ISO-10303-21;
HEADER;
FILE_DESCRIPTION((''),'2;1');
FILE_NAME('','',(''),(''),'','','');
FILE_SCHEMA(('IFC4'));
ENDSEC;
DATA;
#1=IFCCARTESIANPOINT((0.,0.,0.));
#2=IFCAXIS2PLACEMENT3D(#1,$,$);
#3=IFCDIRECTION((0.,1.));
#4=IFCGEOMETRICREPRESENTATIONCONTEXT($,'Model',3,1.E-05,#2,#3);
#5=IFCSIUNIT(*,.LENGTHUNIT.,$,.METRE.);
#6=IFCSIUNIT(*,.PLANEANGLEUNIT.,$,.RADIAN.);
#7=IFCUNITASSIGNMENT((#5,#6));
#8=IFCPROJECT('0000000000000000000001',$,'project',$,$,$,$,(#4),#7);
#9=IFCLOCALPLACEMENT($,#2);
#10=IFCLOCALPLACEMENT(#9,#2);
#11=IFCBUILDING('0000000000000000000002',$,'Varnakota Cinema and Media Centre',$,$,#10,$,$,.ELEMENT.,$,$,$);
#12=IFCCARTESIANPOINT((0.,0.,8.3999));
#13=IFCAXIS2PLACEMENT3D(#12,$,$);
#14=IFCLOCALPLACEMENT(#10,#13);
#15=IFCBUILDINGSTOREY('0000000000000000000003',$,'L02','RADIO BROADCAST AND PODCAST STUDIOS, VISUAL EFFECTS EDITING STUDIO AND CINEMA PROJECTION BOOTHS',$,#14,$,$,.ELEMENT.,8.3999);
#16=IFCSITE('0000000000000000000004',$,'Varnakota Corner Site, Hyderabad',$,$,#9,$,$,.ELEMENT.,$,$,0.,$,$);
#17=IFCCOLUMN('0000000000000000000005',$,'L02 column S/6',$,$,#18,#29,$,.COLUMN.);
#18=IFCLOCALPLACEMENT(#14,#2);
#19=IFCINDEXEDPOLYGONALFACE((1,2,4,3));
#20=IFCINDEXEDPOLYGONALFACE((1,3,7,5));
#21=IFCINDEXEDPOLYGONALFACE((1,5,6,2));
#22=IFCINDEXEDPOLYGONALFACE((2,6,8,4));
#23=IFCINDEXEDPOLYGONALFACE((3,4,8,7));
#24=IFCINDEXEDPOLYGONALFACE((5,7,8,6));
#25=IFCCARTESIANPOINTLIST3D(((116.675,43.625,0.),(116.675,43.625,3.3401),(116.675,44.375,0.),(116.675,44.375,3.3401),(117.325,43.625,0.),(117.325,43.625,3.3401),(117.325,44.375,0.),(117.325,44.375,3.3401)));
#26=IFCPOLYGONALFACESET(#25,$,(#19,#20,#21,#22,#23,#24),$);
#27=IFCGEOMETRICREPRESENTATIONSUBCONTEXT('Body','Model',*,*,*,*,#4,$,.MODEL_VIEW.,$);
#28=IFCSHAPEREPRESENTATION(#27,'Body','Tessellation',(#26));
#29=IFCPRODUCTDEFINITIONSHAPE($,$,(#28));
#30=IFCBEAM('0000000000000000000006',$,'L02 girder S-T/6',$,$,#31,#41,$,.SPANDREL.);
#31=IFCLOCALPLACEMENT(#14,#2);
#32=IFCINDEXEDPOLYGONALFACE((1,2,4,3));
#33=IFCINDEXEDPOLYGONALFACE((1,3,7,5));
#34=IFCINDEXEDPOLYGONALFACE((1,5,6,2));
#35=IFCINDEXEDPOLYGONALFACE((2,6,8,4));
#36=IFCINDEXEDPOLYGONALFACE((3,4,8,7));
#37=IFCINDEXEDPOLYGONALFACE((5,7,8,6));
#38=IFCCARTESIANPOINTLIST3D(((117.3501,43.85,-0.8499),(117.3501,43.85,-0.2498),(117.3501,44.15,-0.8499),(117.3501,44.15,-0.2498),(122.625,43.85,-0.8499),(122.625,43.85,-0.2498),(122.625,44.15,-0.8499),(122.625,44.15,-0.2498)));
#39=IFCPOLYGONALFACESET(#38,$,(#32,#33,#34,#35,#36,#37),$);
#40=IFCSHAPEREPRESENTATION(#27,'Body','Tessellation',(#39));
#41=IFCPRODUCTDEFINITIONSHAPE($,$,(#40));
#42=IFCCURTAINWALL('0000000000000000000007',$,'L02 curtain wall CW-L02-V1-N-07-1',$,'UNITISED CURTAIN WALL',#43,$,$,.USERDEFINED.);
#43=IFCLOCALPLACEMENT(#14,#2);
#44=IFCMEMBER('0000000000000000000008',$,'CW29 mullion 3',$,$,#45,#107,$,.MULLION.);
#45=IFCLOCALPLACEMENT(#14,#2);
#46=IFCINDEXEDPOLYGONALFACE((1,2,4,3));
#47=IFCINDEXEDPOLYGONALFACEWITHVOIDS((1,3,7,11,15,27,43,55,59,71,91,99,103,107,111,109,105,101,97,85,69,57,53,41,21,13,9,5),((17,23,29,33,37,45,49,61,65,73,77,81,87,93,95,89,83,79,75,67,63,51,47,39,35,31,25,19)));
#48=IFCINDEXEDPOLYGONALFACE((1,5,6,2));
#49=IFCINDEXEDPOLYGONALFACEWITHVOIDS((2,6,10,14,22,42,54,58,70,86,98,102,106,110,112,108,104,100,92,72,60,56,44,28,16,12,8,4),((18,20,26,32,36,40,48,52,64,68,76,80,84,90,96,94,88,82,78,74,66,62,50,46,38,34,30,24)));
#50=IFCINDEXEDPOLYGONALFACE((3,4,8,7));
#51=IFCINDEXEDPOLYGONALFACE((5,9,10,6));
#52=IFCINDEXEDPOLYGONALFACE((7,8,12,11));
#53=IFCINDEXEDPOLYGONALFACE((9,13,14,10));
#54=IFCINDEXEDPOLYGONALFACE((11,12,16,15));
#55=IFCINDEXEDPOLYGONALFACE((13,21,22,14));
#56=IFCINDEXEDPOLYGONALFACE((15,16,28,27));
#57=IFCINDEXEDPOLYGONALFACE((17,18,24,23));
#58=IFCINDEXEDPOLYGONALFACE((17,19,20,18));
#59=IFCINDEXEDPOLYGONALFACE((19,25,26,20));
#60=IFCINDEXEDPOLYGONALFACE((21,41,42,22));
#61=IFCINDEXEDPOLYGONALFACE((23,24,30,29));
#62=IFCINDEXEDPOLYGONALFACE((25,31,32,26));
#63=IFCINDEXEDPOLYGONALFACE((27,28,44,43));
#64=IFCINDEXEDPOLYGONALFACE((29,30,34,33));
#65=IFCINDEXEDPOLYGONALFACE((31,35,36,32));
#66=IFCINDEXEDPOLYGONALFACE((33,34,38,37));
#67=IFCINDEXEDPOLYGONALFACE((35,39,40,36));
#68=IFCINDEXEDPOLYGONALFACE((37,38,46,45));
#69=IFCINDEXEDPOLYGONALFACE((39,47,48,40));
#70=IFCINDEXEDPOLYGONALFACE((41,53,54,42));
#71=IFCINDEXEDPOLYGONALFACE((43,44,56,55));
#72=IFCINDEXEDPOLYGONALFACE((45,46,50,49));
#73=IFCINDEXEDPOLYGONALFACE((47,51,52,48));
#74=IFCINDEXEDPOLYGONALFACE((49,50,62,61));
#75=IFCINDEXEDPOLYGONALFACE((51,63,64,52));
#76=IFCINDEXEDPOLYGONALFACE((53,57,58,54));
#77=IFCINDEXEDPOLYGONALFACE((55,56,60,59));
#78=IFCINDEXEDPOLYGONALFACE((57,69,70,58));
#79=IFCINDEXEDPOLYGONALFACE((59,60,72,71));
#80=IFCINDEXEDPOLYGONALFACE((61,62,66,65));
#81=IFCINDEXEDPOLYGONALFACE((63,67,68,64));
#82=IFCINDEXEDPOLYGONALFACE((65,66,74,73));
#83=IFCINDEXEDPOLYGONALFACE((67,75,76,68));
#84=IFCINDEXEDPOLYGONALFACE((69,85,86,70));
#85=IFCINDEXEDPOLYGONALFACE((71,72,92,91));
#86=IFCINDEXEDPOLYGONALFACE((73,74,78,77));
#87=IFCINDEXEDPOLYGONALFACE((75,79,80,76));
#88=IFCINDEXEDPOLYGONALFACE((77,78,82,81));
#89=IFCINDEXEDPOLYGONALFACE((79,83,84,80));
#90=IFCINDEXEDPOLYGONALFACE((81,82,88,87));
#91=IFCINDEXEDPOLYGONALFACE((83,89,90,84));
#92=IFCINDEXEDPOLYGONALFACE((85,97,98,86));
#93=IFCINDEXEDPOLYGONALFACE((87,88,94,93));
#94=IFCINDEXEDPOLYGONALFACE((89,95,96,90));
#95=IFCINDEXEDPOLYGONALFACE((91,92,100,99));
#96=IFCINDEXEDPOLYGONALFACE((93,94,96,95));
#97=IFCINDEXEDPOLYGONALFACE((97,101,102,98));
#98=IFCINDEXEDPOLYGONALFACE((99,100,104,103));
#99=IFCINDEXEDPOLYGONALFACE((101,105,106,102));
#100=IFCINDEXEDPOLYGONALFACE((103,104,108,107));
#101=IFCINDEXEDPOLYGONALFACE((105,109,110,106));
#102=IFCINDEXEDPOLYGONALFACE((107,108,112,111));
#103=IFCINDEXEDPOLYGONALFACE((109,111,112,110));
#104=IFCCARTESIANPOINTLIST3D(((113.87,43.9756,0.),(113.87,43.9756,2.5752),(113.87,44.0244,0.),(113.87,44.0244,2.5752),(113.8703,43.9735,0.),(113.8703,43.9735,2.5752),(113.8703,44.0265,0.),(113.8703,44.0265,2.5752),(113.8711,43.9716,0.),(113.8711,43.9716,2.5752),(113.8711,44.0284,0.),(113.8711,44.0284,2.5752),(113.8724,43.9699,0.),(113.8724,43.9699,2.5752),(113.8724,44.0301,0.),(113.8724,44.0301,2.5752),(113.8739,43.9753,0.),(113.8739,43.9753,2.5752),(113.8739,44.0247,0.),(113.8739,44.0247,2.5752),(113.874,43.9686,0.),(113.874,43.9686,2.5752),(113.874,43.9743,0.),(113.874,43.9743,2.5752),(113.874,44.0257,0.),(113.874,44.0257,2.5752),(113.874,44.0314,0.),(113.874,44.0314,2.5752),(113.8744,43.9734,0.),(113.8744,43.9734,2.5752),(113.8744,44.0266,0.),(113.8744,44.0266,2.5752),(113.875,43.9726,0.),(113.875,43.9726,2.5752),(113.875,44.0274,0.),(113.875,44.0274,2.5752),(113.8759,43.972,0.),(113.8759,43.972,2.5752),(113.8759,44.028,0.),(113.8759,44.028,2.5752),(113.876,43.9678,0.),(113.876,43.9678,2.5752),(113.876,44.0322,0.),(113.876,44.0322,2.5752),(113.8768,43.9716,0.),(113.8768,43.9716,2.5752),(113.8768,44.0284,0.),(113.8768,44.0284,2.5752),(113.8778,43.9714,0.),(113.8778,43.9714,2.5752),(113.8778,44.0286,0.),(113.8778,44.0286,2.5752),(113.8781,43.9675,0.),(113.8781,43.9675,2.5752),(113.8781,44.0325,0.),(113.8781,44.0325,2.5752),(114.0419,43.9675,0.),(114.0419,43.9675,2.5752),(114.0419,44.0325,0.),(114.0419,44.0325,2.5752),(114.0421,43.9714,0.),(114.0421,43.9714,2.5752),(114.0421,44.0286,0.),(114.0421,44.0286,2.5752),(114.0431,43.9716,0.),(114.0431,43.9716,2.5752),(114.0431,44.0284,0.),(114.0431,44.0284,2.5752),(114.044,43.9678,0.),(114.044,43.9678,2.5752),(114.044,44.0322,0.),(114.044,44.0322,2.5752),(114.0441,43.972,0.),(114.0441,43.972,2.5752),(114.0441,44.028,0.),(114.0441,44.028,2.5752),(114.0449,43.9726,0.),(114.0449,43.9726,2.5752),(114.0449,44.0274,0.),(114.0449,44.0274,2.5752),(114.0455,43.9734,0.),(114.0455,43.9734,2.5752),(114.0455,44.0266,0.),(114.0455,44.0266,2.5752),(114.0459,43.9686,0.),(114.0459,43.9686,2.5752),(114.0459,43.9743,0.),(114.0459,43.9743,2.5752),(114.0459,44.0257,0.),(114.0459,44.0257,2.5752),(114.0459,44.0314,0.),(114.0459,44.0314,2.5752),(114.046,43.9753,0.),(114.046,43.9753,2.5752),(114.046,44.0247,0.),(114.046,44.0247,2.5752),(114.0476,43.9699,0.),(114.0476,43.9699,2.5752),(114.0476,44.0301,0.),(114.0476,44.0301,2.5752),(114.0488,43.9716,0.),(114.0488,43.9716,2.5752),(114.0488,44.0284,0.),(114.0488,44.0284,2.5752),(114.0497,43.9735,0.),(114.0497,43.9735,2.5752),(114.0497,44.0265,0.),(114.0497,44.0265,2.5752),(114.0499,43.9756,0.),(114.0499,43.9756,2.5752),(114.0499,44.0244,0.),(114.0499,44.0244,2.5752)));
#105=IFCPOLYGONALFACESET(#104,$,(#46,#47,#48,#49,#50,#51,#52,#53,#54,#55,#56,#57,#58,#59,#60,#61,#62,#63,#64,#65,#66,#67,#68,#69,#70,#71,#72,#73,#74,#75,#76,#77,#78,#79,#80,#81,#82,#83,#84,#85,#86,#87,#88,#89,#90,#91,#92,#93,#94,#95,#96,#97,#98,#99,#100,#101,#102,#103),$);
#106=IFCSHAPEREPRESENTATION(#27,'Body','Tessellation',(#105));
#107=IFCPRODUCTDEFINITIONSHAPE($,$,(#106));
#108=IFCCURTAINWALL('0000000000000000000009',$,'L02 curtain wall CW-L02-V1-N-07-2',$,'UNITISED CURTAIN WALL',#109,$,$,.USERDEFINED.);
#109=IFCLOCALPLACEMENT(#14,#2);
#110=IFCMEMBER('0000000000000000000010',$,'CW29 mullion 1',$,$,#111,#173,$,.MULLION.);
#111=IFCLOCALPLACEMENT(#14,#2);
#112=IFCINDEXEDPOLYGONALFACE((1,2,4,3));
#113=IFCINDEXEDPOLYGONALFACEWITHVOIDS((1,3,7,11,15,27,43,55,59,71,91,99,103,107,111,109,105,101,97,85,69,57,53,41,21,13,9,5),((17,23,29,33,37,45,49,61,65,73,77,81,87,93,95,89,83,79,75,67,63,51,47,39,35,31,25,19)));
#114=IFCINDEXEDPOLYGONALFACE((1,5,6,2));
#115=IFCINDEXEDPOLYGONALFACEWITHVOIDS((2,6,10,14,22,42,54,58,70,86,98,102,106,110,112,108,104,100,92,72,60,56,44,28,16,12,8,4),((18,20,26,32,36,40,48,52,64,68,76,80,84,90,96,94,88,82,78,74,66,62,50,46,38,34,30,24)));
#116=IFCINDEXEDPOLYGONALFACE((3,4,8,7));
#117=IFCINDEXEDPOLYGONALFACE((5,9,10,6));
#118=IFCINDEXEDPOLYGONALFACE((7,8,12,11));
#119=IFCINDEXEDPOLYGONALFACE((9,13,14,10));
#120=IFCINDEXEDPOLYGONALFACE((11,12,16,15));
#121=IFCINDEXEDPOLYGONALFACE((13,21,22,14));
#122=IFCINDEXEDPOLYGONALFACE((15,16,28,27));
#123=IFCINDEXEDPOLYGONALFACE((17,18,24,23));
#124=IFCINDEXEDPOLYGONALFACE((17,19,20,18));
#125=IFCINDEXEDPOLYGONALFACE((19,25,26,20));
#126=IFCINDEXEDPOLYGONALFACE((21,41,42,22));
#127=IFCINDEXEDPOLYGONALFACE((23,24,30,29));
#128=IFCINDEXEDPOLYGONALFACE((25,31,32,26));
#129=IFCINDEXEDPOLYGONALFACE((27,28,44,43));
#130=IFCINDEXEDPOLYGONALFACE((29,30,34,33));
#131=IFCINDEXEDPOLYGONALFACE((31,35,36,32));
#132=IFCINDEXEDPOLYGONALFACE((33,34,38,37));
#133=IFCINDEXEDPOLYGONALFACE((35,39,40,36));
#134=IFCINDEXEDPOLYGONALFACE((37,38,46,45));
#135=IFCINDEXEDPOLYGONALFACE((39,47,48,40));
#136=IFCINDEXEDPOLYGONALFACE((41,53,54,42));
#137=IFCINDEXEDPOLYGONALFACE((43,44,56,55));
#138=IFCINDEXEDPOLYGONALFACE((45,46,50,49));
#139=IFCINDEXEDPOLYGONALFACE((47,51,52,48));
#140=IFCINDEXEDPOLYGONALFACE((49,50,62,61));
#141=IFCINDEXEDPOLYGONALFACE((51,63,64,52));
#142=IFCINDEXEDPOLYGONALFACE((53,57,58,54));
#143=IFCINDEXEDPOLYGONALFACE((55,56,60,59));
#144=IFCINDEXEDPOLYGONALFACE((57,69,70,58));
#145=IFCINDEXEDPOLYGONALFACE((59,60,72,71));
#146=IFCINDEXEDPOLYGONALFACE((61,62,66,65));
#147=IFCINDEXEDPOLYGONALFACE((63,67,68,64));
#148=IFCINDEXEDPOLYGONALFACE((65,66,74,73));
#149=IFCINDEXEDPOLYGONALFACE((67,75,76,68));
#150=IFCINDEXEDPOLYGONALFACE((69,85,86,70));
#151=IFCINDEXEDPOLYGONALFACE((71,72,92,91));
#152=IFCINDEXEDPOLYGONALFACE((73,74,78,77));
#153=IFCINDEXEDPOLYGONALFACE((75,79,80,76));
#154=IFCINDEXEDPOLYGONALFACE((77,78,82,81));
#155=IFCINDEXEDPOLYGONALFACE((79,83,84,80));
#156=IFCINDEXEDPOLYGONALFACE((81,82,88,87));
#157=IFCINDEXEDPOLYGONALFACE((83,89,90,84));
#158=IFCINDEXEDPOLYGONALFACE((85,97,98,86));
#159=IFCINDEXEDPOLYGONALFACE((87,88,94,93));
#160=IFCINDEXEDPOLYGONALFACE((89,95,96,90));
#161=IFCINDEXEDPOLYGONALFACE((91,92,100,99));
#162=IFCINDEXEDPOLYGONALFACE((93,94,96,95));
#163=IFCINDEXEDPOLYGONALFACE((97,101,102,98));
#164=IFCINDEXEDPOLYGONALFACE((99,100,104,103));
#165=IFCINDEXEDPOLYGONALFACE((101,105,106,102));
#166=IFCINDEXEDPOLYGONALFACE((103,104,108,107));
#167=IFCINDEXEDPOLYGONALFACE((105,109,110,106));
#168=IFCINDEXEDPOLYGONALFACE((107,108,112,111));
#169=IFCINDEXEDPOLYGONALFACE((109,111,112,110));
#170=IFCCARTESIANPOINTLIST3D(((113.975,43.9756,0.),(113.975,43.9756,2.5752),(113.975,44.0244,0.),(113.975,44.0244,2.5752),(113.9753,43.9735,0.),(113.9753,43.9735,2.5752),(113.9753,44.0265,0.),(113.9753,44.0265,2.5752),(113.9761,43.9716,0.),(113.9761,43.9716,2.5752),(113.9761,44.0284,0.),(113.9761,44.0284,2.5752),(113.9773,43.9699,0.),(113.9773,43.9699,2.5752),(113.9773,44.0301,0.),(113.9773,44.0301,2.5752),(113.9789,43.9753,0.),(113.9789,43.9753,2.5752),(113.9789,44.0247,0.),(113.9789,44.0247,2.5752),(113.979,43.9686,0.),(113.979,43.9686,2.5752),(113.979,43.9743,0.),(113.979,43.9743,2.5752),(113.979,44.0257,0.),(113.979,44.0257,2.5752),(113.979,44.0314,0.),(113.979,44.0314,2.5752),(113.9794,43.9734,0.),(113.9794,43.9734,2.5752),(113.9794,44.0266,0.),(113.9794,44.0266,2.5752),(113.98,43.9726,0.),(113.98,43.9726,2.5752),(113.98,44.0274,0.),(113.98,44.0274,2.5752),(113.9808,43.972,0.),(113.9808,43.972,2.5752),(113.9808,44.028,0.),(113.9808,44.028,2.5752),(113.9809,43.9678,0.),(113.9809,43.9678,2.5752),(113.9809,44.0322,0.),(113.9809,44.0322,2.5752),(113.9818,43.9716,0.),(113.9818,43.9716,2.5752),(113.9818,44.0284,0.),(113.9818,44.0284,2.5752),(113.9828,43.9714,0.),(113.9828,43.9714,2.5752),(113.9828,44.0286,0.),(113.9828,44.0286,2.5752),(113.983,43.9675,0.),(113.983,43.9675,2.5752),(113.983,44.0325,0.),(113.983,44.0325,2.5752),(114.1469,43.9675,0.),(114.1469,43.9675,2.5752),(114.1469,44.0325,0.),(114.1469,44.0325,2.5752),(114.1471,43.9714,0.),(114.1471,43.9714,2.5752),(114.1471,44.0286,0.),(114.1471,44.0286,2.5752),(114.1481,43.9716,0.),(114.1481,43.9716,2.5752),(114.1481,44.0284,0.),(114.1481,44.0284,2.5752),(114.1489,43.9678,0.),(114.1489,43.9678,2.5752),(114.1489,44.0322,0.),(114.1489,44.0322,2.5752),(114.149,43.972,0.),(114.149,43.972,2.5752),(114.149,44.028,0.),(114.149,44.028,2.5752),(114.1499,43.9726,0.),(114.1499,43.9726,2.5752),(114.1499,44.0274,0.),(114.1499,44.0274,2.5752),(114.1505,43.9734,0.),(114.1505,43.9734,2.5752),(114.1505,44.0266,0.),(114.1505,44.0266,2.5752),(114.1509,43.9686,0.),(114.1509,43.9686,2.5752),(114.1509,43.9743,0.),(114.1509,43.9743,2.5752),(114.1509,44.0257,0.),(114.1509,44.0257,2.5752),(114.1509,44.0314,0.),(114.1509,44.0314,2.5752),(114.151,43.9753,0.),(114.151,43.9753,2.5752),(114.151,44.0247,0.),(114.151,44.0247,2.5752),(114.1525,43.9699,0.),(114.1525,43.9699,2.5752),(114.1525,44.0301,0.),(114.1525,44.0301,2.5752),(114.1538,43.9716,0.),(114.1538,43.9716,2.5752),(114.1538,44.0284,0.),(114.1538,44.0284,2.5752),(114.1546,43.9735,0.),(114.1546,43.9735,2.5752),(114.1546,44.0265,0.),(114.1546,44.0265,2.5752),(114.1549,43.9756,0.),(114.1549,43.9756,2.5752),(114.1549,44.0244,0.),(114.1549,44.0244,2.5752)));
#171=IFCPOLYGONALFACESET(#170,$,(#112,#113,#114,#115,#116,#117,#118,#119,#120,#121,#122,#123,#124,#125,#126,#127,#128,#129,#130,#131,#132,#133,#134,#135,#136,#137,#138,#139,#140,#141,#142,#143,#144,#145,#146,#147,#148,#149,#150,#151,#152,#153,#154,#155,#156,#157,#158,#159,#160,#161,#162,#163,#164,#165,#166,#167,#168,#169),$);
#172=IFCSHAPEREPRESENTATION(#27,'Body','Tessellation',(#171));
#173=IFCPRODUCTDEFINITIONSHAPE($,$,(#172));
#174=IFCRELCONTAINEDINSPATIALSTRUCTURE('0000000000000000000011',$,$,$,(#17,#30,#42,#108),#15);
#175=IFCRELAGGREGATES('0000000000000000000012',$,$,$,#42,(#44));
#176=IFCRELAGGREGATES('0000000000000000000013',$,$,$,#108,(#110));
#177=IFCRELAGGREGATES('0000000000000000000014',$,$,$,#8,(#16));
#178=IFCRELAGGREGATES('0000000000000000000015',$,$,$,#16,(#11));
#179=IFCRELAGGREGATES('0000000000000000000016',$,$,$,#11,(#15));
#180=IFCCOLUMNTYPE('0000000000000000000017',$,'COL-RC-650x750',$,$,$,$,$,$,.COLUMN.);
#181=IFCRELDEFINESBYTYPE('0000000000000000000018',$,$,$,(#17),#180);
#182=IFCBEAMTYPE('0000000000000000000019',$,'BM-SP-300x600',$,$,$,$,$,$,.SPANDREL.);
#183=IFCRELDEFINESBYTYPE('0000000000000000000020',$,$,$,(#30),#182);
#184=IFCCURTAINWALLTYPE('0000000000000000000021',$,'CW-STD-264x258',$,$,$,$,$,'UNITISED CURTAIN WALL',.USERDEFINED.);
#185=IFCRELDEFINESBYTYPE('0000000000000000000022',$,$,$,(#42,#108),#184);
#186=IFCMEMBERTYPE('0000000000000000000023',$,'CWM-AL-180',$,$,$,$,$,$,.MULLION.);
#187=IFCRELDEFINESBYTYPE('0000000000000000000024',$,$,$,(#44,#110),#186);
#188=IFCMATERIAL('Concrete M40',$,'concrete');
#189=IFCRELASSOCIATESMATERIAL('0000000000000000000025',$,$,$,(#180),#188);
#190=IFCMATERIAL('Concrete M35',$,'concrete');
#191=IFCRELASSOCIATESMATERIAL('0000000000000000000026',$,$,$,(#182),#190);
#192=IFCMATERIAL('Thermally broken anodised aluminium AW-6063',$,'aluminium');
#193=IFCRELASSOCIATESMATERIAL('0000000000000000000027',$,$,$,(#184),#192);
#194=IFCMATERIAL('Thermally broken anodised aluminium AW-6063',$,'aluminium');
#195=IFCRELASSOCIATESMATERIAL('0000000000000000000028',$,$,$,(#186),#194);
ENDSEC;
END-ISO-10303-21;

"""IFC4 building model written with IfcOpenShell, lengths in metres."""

from ifc_helpers import new_model, si_unit, direction, frame, origin, origin_2d, place, context, subcontext, project, spatial, rectangle, hollow_rectangle, extrude, material, material_profile, profile_set, type_object, element, aggregate, save


model = new_model("IFC4")

# Units and contexts
model_context = context("Model", 3, precision=1e-05, world=origin(), true_north=direction((0.0, 1.0)))
body_context = subcontext(model_context, "Body", "Model", "MODEL_VIEW")
ifc_project = project(units=[si_unit("LENGTHUNIT", "METRE"), si_unit("PLANEANGLEUNIT", "RADIAN")], contexts=[model_context])

# Site, building, storey
site_placement = place(None, origin())
site = spatial("IfcSite", under=ifc_project, at=site_placement, Name="Varnakota Corner Site, Hyderabad", CompositionType="ELEMENT", RefElevation=0.0)
building_placement = place(site_placement, origin())
building = spatial("IfcBuilding", under=site, at=building_placement, Name="Varnakota Cinema and Media Centre", CompositionType="ELEMENT")
storey_placement = place(building_placement, frame((0.0, 0.0, 8.3999)))
storey = spatial("IfcBuildingStorey", under=building, at=storey_placement, Name="L02", Description="RADIO BROADCAST AND PODCAST STUDIOS, VISUAL EFFECTS EDITING STUDIO AND CINEMA PROJECTION BOOTHS", CompositionType="ELEMENT", Elevation=8.3999)

# Column
ifc_material_1 = material(Name="Concrete M40", Category="concrete")
ifc_material_profile_1 = material_profile(ifc_material_1, rectangle(XDim=0.6499, YDim=0.75, at=origin_2d()), Name="RC 650x750")
ifc_profile_set_1 = profile_set([ifc_material_profile_1], Name="Concrete M40")
column_type = type_object("IfcColumnType", Name="COL-RC-650x750", PredefinedType="COLUMN", material=ifc_profile_set_1)
column_placement = place(storey_placement, frame((117.0, 44.0, 0.0), z_axis=(0.0, 0.0, 1.0), x_axis=(1.0, 0.0, 0.0)))
element("IfcColumn", 1, at=column_placement, inside=storey, type_object=column_type, Name="L02 column S/6", PredefinedType="COLUMN", context=body_context, shape_type="SweptSolid", body=[
    extrude(rectangle(XDim=0.6499, YDim=0.75, at=origin_2d()), origin(), (0.0, 0.0, 1.0), 3.3401),
])

# Beam
ifc_material_2 = material(Name="Concrete M35", Category="concrete")
ifc_material_profile_2 = material_profile(ifc_material_2, rectangle(XDim=0.3, YDim=0.6001, at=origin_2d()), Name="RCB 300x600")
ifc_profile_set_2 = profile_set([ifc_material_profile_2], Name="Concrete M35")
beam_type = type_object("IfcBeamType", Name="BM-SP-300x600", PredefinedType="SPANDREL", material=ifc_profile_set_2)
beam_placement = place(storey_placement, frame((117.3501, 44.0, -0.5498), z_axis=(1.0, 0.0, 0.0), x_axis=(0.0, 1.0, 0.0)))
element("IfcBeam", 2, at=beam_placement, inside=storey, type_object=beam_type, Name="L02 girder S-T/6", PredefinedType="SPANDREL", context=body_context, shape_type="SweptSolid", body=[
    extrude(rectangle(XDim=0.3, YDim=0.6001, at=origin_2d()), origin(), (0.0, 0.0, 1.0), 5.2749),
])

# Curtain wall, member
ifc_material_3 = material(Name="Thermally broken anodised aluminium AW-6063", Category="aluminium")
curtain_wall_type = type_object("IfcCurtainWallType", Name="CW-STD-264x258", ElementType="UNITISED CURTAIN WALL", PredefinedType="USERDEFINED", material=ifc_material_3)
curtain_wall_1_placement = place(storey_placement, origin())
curtain_wall_1 = element("IfcCurtainWall", 3, at=curtain_wall_1_placement, inside=storey, type_object=curtain_wall_type, Name="L02 curtain wall CW-L02-V1-N-07-1", ObjectType="UNITISED CURTAIN WALL", PredefinedType="USERDEFINED")
ifc_material_4 = material(Name="Thermally broken anodised aluminium AW-6063", Category="aluminium")
ifc_material_profile_3 = material_profile(ifc_material_4, hollow_rectangle(XDim=0.0649, YDim=0.1799, WallThickness=0.0039, InnerFilletRadius=0.0039, OuterFilletRadius=0.0081, at=origin_2d()), Name="AL-MULLION 180x65x4")
ifc_profile_set_3 = profile_set([ifc_material_profile_3], Name="Thermally broken anodised aluminium AW-6063")
member_type_1 = type_object("IfcMemberType", Name="CWM-AL-180", PredefinedType="MULLION", material=ifc_profile_set_3)
member_1_placement = place(storey_placement, frame((113.96, 44.0, 0.0), z_axis=(0.0, 0.0, 1.0), x_axis=(0.0, 1.0, 0.0)))
member_1 = element("IfcMember", 4, at=member_1_placement, type_object=member_type_1, Name="CW29 mullion 3", PredefinedType="MULLION", context=body_context, shape_type="SweptSolid", body=[
    extrude(hollow_rectangle(XDim=0.0649, YDim=0.1799, WallThickness=0.0039, InnerFilletRadius=0.0039, OuterFilletRadius=0.0081, at=origin_2d()), origin(), (0.0, 0.0, 1.0), 2.5752),
])

# Curtain wall, member
curtain_wall_2_placement = place(storey_placement, origin())
curtain_wall_2 = element("IfcCurtainWall", 5, at=curtain_wall_2_placement, inside=storey, type_object=curtain_wall_type, Name="L02 curtain wall CW-L02-V1-N-07-2", ObjectType="UNITISED CURTAIN WALL", PredefinedType="USERDEFINED")
member_2_placement = place(storey_placement, frame((114.0649, 44.0, 0.0), z_axis=(0.0, 0.0, 1.0), x_axis=(0.0, 1.0, 0.0)))
member_2 = element("IfcMember", 6, at=member_2_placement, type_object=member_type_1, Name="CW29 mullion 1", PredefinedType="MULLION", context=body_context, shape_type="SweptSolid", body=[
    extrude(hollow_rectangle(XDim=0.0649, YDim=0.1799, WallThickness=0.0039, InnerFilletRadius=0.0039, OuterFilletRadius=0.0081, at=origin_2d()), origin(), (0.0, 0.0, 1.0), 2.5752),
])

aggregate(curtain_wall_1, [member_1])
aggregate(curtain_wall_2, [member_2])

save(model, "model.ifc")
